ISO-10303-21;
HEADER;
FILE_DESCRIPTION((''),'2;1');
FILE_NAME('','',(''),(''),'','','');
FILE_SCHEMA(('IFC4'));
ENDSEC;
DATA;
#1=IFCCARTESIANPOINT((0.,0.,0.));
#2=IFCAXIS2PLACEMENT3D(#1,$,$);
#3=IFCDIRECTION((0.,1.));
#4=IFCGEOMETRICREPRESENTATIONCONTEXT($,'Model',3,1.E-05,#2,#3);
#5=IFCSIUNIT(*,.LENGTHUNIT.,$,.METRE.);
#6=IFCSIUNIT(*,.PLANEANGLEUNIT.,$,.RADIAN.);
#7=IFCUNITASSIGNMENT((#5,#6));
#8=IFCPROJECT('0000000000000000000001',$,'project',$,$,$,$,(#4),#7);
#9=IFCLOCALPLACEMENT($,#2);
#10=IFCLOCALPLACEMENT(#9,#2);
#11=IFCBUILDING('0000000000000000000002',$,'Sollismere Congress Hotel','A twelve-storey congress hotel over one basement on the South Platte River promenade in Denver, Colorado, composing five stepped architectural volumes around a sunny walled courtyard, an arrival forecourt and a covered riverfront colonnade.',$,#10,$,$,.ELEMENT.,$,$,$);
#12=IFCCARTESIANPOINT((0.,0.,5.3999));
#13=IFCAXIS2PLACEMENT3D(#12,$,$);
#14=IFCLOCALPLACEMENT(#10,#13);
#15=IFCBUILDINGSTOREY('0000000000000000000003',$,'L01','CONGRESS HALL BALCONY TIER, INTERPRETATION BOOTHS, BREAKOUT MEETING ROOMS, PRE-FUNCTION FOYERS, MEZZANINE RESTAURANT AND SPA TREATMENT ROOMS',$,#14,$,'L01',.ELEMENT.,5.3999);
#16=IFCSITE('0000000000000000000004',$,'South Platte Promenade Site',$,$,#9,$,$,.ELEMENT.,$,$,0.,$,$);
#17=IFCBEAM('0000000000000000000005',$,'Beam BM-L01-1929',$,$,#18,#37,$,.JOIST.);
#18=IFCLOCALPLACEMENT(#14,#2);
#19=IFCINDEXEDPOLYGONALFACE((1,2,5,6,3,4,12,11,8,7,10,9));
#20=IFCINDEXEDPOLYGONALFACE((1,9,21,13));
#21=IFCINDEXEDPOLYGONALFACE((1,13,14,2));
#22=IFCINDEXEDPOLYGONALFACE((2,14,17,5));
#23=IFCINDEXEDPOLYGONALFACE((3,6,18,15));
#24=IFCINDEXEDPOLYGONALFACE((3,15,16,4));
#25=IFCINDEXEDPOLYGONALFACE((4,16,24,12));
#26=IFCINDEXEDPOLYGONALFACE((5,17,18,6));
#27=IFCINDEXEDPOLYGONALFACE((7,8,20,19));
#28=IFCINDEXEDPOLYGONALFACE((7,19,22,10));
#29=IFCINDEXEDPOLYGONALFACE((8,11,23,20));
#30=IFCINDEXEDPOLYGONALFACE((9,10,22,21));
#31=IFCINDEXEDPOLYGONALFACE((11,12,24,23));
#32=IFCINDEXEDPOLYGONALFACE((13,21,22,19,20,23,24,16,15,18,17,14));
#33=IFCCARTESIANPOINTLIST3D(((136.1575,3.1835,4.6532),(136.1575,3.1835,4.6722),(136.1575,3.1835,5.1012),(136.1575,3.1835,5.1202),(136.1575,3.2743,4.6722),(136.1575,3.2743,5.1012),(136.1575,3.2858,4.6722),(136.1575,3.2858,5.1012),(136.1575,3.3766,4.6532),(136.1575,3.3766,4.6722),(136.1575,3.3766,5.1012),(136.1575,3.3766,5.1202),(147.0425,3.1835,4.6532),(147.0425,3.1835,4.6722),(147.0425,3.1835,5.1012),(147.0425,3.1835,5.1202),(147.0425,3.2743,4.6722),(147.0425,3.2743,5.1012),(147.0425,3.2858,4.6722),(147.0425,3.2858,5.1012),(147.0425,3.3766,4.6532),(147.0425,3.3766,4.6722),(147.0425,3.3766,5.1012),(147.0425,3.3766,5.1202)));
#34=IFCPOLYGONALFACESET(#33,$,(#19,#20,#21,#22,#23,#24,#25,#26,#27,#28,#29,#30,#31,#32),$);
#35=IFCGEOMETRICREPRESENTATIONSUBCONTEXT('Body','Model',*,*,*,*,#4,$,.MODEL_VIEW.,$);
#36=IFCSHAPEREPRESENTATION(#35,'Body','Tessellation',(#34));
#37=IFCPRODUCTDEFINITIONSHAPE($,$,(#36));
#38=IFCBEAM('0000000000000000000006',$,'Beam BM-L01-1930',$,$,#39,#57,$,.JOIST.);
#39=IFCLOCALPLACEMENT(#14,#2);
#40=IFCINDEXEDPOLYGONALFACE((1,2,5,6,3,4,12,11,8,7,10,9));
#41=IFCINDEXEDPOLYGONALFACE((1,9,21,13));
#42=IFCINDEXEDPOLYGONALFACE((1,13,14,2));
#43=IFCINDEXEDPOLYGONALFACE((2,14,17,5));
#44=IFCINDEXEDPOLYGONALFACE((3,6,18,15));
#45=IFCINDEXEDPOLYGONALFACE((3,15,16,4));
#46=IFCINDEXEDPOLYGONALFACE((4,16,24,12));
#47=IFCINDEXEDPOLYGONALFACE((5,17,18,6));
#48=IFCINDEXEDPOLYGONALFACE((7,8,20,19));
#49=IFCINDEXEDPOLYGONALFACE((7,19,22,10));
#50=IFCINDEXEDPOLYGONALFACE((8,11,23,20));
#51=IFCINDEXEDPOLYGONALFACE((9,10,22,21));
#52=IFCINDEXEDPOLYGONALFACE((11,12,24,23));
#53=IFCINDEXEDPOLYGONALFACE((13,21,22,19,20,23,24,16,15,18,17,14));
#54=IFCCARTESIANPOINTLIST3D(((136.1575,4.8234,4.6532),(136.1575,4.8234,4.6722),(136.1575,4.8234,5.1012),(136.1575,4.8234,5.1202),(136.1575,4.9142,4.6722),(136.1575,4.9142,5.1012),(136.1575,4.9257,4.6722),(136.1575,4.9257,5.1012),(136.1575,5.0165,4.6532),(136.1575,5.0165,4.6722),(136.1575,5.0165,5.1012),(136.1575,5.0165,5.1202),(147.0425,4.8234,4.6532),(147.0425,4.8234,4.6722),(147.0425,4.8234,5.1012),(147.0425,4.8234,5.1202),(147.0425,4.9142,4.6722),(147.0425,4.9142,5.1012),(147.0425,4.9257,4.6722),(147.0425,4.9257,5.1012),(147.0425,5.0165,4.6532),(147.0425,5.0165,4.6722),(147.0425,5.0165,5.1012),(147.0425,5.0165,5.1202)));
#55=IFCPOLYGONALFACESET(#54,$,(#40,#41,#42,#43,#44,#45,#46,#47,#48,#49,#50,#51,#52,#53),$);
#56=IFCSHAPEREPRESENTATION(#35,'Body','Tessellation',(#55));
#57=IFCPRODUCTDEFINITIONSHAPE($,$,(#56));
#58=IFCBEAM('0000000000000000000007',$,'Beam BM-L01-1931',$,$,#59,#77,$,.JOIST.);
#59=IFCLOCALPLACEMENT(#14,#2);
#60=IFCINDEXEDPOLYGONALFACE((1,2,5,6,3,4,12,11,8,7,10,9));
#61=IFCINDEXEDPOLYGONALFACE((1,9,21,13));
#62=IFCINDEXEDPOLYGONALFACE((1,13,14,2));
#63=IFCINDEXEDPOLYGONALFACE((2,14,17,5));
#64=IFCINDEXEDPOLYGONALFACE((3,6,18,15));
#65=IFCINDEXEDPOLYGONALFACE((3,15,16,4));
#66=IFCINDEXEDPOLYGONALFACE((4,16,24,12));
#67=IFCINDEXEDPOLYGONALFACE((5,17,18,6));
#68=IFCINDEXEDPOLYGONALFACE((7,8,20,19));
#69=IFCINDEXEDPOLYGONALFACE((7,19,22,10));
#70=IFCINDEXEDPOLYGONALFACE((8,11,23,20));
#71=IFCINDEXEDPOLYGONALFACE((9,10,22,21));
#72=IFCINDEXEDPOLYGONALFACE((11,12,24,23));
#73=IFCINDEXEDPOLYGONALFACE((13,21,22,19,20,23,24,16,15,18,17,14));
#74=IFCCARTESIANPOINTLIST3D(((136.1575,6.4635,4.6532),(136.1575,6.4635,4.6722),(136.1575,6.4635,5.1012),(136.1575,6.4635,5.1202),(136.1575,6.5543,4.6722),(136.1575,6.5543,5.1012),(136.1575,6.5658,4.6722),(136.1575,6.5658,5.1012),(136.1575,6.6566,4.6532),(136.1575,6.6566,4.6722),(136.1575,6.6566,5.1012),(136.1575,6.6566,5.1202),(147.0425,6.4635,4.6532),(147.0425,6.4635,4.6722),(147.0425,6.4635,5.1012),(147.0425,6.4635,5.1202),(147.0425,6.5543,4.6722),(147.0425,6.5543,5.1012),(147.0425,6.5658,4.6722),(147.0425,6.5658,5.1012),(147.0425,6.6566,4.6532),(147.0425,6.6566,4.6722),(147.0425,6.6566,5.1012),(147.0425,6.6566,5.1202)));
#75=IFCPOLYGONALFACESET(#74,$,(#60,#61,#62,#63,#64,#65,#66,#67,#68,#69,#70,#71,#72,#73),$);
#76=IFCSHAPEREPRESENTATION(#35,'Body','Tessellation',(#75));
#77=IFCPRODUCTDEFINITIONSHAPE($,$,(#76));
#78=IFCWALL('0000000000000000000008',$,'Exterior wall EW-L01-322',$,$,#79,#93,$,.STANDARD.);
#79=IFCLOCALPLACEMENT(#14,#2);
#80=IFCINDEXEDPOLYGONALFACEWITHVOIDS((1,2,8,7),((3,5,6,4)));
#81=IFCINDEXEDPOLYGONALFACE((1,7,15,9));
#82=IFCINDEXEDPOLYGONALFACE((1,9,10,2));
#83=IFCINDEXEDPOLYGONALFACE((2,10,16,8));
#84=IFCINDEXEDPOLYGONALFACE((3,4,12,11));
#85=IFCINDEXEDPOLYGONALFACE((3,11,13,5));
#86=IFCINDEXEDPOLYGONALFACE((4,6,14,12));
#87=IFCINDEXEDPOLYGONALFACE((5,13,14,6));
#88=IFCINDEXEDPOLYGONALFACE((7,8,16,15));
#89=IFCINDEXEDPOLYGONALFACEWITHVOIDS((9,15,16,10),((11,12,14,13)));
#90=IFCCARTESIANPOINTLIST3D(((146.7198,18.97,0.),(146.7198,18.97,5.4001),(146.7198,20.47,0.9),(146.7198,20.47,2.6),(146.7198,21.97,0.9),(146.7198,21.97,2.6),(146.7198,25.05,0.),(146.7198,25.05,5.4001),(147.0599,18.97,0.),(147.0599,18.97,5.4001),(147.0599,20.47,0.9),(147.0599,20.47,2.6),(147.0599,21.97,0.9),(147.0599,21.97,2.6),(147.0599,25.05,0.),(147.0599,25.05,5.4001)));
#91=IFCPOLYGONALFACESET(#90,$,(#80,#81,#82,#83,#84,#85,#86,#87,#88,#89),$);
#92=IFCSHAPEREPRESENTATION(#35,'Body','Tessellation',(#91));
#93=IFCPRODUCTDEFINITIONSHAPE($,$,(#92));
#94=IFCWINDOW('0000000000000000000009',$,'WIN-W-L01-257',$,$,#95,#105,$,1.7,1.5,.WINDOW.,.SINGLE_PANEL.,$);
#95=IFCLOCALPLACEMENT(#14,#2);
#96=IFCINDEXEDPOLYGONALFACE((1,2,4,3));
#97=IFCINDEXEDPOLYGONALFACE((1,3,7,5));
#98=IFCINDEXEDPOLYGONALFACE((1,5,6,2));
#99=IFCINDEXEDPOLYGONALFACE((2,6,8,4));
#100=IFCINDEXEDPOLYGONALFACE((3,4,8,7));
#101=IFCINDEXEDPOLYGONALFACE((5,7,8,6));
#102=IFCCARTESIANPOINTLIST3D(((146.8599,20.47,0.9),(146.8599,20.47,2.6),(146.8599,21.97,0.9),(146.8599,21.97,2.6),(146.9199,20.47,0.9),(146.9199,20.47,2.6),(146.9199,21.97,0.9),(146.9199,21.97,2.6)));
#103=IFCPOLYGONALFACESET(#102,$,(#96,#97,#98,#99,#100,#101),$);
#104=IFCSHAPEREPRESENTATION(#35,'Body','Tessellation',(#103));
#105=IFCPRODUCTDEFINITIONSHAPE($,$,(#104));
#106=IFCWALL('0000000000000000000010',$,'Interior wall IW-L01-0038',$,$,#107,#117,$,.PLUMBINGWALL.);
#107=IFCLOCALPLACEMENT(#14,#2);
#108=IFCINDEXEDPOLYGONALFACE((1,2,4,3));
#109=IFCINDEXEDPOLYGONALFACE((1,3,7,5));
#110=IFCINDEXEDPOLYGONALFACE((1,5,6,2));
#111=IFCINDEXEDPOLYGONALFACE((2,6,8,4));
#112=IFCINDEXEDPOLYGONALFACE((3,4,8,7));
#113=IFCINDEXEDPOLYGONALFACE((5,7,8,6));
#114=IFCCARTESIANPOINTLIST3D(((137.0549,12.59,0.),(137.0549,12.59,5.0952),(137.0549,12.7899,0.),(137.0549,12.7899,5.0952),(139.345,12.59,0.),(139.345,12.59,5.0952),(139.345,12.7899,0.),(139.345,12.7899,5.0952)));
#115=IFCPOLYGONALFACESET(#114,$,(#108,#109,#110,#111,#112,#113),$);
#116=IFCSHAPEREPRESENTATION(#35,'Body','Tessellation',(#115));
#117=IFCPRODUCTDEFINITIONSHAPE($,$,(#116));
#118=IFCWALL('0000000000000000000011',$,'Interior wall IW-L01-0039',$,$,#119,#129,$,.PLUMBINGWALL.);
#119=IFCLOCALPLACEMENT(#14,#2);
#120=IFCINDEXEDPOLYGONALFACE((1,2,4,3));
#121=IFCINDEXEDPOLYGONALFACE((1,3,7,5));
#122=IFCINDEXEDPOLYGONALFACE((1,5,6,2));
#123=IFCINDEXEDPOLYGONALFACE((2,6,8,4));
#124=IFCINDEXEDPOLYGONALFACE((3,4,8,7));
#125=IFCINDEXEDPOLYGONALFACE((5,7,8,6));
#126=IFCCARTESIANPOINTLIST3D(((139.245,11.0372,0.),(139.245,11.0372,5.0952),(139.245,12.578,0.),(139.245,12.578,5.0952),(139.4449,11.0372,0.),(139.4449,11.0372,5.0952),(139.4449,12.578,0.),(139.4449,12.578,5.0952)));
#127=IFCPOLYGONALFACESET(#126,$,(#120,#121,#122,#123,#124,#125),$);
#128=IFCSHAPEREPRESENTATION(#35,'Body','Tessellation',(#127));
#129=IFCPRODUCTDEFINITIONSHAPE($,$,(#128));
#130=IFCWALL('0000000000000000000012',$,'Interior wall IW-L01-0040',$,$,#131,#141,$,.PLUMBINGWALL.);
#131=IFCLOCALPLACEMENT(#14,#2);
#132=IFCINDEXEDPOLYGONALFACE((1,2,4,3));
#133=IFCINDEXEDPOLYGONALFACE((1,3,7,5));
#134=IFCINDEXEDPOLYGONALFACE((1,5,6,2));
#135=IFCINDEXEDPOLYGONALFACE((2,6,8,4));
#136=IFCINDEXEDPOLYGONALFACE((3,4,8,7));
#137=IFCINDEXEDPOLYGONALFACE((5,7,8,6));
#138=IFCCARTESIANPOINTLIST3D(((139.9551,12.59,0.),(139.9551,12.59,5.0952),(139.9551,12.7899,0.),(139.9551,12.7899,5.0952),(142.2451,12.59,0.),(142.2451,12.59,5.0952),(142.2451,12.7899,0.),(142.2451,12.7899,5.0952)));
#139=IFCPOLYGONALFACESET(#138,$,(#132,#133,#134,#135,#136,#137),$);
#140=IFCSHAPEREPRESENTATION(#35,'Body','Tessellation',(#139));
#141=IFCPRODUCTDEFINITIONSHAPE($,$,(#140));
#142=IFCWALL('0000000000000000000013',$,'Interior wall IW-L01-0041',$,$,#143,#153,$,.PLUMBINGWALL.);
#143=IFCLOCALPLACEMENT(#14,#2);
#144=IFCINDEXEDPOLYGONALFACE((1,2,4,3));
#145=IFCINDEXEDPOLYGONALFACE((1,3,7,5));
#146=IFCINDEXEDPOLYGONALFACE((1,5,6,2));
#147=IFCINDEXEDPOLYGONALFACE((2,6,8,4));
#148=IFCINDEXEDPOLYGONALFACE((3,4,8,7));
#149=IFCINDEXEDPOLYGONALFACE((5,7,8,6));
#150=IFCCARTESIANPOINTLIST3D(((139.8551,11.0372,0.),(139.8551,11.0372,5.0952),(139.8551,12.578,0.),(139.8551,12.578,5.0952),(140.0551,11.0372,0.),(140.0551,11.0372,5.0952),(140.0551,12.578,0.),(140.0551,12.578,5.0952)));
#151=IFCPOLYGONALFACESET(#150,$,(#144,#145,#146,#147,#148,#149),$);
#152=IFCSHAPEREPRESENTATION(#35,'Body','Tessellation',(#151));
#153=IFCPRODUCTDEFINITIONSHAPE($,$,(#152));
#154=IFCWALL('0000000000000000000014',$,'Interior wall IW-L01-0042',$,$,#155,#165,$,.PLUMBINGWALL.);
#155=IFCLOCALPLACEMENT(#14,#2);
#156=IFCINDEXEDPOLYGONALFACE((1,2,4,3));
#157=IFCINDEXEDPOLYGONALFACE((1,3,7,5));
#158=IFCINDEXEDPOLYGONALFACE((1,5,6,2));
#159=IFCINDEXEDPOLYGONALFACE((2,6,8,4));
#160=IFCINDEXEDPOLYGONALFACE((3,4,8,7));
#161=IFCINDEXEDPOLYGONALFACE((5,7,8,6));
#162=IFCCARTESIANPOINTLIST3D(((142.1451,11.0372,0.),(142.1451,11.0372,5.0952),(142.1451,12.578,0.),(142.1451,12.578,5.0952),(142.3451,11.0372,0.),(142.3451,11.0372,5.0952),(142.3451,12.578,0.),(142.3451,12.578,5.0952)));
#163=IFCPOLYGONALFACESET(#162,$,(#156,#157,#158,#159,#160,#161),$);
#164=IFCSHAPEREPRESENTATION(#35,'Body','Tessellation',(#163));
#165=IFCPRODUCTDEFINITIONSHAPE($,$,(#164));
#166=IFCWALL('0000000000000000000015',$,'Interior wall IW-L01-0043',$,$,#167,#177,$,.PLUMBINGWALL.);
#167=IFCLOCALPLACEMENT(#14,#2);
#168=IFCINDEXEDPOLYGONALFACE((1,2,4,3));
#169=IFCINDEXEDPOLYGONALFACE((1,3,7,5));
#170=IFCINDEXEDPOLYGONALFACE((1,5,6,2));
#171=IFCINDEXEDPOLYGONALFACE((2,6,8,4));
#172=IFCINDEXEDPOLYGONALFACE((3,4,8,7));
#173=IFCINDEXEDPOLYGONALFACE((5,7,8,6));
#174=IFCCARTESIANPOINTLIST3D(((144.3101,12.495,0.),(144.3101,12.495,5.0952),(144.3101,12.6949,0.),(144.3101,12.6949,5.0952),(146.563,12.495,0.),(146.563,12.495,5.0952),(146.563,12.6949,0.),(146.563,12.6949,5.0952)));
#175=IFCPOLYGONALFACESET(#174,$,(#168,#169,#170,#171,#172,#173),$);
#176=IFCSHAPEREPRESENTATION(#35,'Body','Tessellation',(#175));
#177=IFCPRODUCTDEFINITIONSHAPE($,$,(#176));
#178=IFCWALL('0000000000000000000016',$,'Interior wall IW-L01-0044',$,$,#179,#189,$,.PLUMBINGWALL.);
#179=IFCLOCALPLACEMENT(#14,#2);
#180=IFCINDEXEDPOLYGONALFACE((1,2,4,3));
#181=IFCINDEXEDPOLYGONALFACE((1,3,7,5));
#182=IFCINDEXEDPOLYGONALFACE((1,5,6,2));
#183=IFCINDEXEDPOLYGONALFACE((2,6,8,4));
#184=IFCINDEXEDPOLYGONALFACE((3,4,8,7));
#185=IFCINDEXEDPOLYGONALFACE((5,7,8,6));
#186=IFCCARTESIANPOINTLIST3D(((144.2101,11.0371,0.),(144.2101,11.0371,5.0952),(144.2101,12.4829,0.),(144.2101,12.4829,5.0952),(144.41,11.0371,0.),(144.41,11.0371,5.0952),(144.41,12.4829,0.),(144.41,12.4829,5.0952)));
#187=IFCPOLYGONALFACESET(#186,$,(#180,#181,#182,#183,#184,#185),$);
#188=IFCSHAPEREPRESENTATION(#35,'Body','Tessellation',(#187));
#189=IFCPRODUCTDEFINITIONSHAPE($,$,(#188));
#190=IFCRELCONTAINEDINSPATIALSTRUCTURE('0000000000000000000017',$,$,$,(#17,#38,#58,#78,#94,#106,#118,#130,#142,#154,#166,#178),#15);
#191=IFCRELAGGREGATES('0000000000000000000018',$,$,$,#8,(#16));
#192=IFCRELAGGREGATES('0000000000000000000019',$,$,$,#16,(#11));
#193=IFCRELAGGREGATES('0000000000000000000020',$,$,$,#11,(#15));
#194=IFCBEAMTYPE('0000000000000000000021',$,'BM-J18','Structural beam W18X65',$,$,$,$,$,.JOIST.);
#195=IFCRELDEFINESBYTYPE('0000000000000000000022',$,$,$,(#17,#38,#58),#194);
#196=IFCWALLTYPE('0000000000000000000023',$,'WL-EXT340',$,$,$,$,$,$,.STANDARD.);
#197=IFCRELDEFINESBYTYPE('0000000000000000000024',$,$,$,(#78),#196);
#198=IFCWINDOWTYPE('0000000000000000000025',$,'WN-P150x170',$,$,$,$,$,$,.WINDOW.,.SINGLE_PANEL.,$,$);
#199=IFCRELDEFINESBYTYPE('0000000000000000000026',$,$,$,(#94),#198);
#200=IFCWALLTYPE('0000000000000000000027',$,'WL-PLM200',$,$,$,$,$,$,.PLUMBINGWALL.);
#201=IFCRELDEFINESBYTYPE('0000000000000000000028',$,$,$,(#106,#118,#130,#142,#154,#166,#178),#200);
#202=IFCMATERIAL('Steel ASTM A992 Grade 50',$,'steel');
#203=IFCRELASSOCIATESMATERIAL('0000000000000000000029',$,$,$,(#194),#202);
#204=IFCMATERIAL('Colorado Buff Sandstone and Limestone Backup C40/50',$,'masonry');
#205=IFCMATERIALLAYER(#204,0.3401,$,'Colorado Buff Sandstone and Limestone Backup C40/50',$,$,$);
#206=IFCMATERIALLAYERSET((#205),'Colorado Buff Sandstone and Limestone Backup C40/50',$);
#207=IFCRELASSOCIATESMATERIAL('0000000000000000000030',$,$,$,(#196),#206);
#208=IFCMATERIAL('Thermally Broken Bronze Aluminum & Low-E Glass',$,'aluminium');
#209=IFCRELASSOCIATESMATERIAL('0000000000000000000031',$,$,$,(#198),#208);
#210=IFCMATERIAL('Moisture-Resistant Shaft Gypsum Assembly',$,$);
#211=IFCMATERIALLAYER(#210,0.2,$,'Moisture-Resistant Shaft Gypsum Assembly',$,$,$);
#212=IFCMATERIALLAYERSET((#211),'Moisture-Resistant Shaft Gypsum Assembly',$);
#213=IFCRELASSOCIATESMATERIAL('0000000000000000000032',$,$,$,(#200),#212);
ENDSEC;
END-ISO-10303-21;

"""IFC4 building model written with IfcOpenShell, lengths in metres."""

from ifc_helpers import new_model, si_unit, direction, frame, frame_2d, origin, origin_2d, place, context, subcontext, project, spatial, rectangle, i_section, extrude, material, layer, layer_set, material_profile, profile_set, type_object, element, fill, save


model = new_model("IFC4")

# Units and contexts
model_context = context("Model", 3, precision=1e-05, world=origin(), true_north=direction((0.0, 1.0)))
body_context = subcontext(model_context, "Body", "Model", "MODEL_VIEW")
ifc_project = project(units=[si_unit("LENGTHUNIT", "METRE"), si_unit("PLANEANGLEUNIT", "RADIAN")], contexts=[model_context])

# Site, building, storey
site_placement = place(None, origin())
site = spatial("IfcSite", under=ifc_project, at=site_placement, Name="South Platte Promenade Site", CompositionType="ELEMENT", RefElevation=0.0)
building_placement = place(site_placement, origin())
building = spatial("IfcBuilding", under=site, at=building_placement, Name="Sollismere Congress Hotel", Description="A twelve-storey congress hotel over one basement on the South Platte River promenade in Denver, Colorado, composing five stepped architectural volumes around a sunny walled courtyard, an arrival forecourt and a covered riverfront colonnade.", CompositionType="ELEMENT")
storey_placement = place(building_placement, frame((0.0, 0.0, 5.3999)))
storey = spatial("IfcBuildingStorey", under=building, at=storey_placement, Name="L01", Description="CONGRESS HALL BALCONY TIER, INTERPRETATION BOOTHS, BREAKOUT MEETING ROOMS, PRE-FUNCTION FOYERS, MEZZANINE RESTAURANT AND SPA TREATMENT ROOMS", LongName="L01", CompositionType="ELEMENT", Elevation=5.3999)

# Beams
ifc_material_1 = material(Name="Steel ASTM A992 Grade 50", Category="steel")
ifc_material_profile = material_profile(ifc_material_1, i_section(OverallWidth=0.1931, OverallDepth=0.467, WebThickness=0.0115, FlangeThickness=0.019, at=origin_2d()), Name="W18X65")
ifc_profile_set = profile_set([ifc_material_profile], Name="Steel ASTM A992 Grade 50")
beam_type = type_object("IfcBeamType", Name="BM-J18", Description="Structural beam W18X65", PredefinedType="JOIST", material=ifc_profile_set)
for number, where, z_axis, x_axis, name in (
    (1, (136.1575, 3.28, 4.8867), (1.0, 0.0, 0.0), (0.0, 1.0, 0.0), "Beam BM-L01-1929"),
    (2, (136.1575, 4.9199, 4.8867), (1.0, 0.0, 0.0), (0.0, 1.0, 0.0), "Beam BM-L01-1930"),
    (3, (136.1575, 6.5601, 4.8867), (1.0, 0.0, 0.0), (0.0, 1.0, 0.0), "Beam BM-L01-1931"),
):
    element("IfcBeam", number, at=place(storey_placement, frame(where, z_axis=z_axis, x_axis=x_axis)), inside=storey, type_object=beam_type, Name=name, PredefinedType="JOIST", context=body_context, shape_type="SweptSolid", body=[
        extrude(i_section(OverallWidth=0.1931, OverallDepth=0.467, WebThickness=0.0115, FlangeThickness=0.019, at=origin_2d()), origin(), (0.0, 0.0, 1.0), 10.885),
    ])

# Wall, opening, window
ifc_material_2 = material(Name="Colorado Buff Sandstone and Limestone Backup C40/50", Category="masonry")
ifc_layer_1 = layer(ifc_material_2, 0.3401, Name="Colorado Buff Sandstone and Limestone Backup C40/50")
ifc_layer_set_1 = layer_set([ifc_layer_1], Name="Colorado Buff Sandstone and Limestone Backup C40/50")
wall_type_1 = type_object("IfcWallType", Name="WL-EXT340", PredefinedType="STANDARD", material=ifc_layer_set_1)
wall_1_placement = place(storey_placement, frame((146.8899, 18.97, 0.0), z_axis=(0.0, 0.0, 1.0), x_axis=(0.0, 1.0, 0.0)))
wall_1 = element("IfcWall", 4, at=wall_1_placement, inside=storey, type_object=wall_type_1, Name="Exterior wall EW-L01-322", PredefinedType="STANDARD", context=body_context, shape_type="SweptSolid", body=[
    extrude(rectangle(XDim=6.0801, YDim=0.3401, at=frame_2d((3.04, 0.0))), origin(), (0.0, 0.0, 1.0), 5.4001),
])
opening_1_placement = place(wall_1_placement, frame((1.5, 0.0, 0.8999)))
opening_1 = element("IfcOpeningElement", 5, at=opening_1_placement, cuts=wall_1, PredefinedType="OPENING", context=body_context, shape_type="SweptSolid", body=[
    extrude(rectangle(XDim=1.5, YDim=1.7, at=frame_2d((0.75, 0.8501))), frame((0.0, 0.1799, 0.0), z_axis=(0.0, -1.0, 0.0), x_axis=(1.0, 0.0, 0.0)), (0.0, 0.0, 1.0), 0.3601),
])
ifc_material_3 = material(Name="Thermally Broken Bronze Aluminum & Low-E Glass", Category="aluminium")
window_type = type_object("IfcWindowType", Name="WN-P150x170", PartitioningType="SINGLE_PANEL", PredefinedType="WINDOW", material=ifc_material_3)
window_placement = place(opening_1_placement, origin())
window = element("IfcWindow", 6, at=window_placement, inside=storey, type_object=window_type, Name="WIN-W-L01-257", OverallHeight=1.7, OverallWidth=1.5, PartitioningType="SINGLE_PANEL", PredefinedType="WINDOW", context=body_context, shape_type="SweptSolid", body=[
    extrude(rectangle(XDim=1.5, YDim=1.7, at=frame_2d((0.75, 0.8501))), frame((0.0, 0.03, 0.0), z_axis=(0.0, -1.0, 0.0), x_axis=(1.0, 0.0, 0.0)), (0.0, 0.0, 1.0), 0.0601),
])
fill(opening_1, window)

# Walls
ifc_material_4 = material(Name="Moisture-Resistant Shaft Gypsum Assembly")
ifc_layer_2 = layer(ifc_material_4, 0.2, Name="Moisture-Resistant Shaft Gypsum Assembly")
ifc_layer_set_2 = layer_set([ifc_layer_2], Name="Moisture-Resistant Shaft Gypsum Assembly")
wall_type_2 = type_object("IfcWallType", Name="WL-PLM200", PredefinedType="PLUMBINGWALL", material=ifc_layer_set_2)
wall_2_placement = place(storey_placement, frame((137.0549, 12.6899, 0.0), z_axis=(0.0, 0.0, 1.0), x_axis=(1.0, 0.0, 0.0)))
element("IfcWall", 7, at=wall_2_placement, inside=storey, type_object=wall_type_2, Name="Interior wall IW-L01-0038", PredefinedType="PLUMBINGWALL", context=body_context, shape_type="SweptSolid", body=[
    extrude(rectangle(XDim=2.29, YDim=0.2, at=frame_2d((1.145, 0.0))), origin(), (0.0, 0.0, 1.0), 5.0952),
])
wall_3_placement = place(storey_placement, frame((139.345, 11.0371, 0.0), z_axis=(0.0, 0.0, 1.0), x_axis=(0.0, 1.0, 0.0)))
element("IfcWall", 8, at=wall_3_placement, inside=storey, type_object=wall_type_2, Name="Interior wall IW-L01-0039", PredefinedType="PLUMBINGWALL", context=body_context, shape_type="SweptSolid", body=[
    extrude(rectangle(XDim=1.5408, YDim=0.2, at=frame_2d((0.7705, 0.0))), origin(), (0.0, 0.0, 1.0), 5.0952),
])
wall_4_placement = place(storey_placement, frame((139.9551, 12.6899, 0.0), z_axis=(0.0, 0.0, 1.0), x_axis=(1.0, 0.0, 0.0)))
element("IfcWall", 9, at=wall_4_placement, inside=storey, type_object=wall_type_2, Name="Interior wall IW-L01-0040", PredefinedType="PLUMBINGWALL", context=body_context, shape_type="SweptSolid", body=[
    extrude(rectangle(XDim=2.29, YDim=0.2, at=frame_2d((1.145, 0.0))), origin(), (0.0, 0.0, 1.0), 5.0952),
])
for number, where, z_axis, x_axis, name in (
    (10, (139.9551, 11.0371, 0.0), (0.0, 0.0, 1.0), (0.0, 1.0, 0.0), "Interior wall IW-L01-0041"),
    (11, (142.2451, 11.0371, 0.0), (0.0, 0.0, 1.0), (0.0, 1.0, 0.0), "Interior wall IW-L01-0042"),
):
    element("IfcWall", number, at=place(storey_placement, frame(where, z_axis=z_axis, x_axis=x_axis)), inside=storey, type_object=wall_type_2, Name=name, PredefinedType="PLUMBINGWALL", context=body_context, shape_type="SweptSolid", body=[
        extrude(rectangle(XDim=1.5408, YDim=0.2, at=frame_2d((0.7705, 0.0))), origin(), (0.0, 0.0, 1.0), 5.0952),
    ])
wall_5_placement = place(storey_placement, frame((144.3101, 12.595, 0.0), z_axis=(0.0, 0.0, 1.0), x_axis=(1.0, 0.0, 0.0)))
element("IfcWall", 12, at=wall_5_placement, inside=storey, type_object=wall_type_2, Name="Interior wall IW-L01-0043", PredefinedType="PLUMBINGWALL", context=body_context, shape_type="SweptSolid", body=[
    extrude(rectangle(XDim=2.2529, YDim=0.2, at=frame_2d((1.1265, 0.0))), origin(), (0.0, 0.0, 1.0), 5.0952),
])
wall_6_placement = place(storey_placement, frame((144.3101, 11.0371, 0.0), z_axis=(0.0, 0.0, 1.0), x_axis=(0.0, 1.0, 0.0)))
element("IfcWall", 13, at=wall_6_placement, inside=storey, type_object=wall_type_2, Name="Interior wall IW-L01-0044", PredefinedType="PLUMBINGWALL", context=body_context, shape_type="SweptSolid", body=[
    extrude(rectangle(XDim=1.4458, YDim=0.2, at=frame_2d((0.7229, 0.0))), origin(), (0.0, 0.0, 1.0), 5.0952),
])

save(model, "model.ifc")
